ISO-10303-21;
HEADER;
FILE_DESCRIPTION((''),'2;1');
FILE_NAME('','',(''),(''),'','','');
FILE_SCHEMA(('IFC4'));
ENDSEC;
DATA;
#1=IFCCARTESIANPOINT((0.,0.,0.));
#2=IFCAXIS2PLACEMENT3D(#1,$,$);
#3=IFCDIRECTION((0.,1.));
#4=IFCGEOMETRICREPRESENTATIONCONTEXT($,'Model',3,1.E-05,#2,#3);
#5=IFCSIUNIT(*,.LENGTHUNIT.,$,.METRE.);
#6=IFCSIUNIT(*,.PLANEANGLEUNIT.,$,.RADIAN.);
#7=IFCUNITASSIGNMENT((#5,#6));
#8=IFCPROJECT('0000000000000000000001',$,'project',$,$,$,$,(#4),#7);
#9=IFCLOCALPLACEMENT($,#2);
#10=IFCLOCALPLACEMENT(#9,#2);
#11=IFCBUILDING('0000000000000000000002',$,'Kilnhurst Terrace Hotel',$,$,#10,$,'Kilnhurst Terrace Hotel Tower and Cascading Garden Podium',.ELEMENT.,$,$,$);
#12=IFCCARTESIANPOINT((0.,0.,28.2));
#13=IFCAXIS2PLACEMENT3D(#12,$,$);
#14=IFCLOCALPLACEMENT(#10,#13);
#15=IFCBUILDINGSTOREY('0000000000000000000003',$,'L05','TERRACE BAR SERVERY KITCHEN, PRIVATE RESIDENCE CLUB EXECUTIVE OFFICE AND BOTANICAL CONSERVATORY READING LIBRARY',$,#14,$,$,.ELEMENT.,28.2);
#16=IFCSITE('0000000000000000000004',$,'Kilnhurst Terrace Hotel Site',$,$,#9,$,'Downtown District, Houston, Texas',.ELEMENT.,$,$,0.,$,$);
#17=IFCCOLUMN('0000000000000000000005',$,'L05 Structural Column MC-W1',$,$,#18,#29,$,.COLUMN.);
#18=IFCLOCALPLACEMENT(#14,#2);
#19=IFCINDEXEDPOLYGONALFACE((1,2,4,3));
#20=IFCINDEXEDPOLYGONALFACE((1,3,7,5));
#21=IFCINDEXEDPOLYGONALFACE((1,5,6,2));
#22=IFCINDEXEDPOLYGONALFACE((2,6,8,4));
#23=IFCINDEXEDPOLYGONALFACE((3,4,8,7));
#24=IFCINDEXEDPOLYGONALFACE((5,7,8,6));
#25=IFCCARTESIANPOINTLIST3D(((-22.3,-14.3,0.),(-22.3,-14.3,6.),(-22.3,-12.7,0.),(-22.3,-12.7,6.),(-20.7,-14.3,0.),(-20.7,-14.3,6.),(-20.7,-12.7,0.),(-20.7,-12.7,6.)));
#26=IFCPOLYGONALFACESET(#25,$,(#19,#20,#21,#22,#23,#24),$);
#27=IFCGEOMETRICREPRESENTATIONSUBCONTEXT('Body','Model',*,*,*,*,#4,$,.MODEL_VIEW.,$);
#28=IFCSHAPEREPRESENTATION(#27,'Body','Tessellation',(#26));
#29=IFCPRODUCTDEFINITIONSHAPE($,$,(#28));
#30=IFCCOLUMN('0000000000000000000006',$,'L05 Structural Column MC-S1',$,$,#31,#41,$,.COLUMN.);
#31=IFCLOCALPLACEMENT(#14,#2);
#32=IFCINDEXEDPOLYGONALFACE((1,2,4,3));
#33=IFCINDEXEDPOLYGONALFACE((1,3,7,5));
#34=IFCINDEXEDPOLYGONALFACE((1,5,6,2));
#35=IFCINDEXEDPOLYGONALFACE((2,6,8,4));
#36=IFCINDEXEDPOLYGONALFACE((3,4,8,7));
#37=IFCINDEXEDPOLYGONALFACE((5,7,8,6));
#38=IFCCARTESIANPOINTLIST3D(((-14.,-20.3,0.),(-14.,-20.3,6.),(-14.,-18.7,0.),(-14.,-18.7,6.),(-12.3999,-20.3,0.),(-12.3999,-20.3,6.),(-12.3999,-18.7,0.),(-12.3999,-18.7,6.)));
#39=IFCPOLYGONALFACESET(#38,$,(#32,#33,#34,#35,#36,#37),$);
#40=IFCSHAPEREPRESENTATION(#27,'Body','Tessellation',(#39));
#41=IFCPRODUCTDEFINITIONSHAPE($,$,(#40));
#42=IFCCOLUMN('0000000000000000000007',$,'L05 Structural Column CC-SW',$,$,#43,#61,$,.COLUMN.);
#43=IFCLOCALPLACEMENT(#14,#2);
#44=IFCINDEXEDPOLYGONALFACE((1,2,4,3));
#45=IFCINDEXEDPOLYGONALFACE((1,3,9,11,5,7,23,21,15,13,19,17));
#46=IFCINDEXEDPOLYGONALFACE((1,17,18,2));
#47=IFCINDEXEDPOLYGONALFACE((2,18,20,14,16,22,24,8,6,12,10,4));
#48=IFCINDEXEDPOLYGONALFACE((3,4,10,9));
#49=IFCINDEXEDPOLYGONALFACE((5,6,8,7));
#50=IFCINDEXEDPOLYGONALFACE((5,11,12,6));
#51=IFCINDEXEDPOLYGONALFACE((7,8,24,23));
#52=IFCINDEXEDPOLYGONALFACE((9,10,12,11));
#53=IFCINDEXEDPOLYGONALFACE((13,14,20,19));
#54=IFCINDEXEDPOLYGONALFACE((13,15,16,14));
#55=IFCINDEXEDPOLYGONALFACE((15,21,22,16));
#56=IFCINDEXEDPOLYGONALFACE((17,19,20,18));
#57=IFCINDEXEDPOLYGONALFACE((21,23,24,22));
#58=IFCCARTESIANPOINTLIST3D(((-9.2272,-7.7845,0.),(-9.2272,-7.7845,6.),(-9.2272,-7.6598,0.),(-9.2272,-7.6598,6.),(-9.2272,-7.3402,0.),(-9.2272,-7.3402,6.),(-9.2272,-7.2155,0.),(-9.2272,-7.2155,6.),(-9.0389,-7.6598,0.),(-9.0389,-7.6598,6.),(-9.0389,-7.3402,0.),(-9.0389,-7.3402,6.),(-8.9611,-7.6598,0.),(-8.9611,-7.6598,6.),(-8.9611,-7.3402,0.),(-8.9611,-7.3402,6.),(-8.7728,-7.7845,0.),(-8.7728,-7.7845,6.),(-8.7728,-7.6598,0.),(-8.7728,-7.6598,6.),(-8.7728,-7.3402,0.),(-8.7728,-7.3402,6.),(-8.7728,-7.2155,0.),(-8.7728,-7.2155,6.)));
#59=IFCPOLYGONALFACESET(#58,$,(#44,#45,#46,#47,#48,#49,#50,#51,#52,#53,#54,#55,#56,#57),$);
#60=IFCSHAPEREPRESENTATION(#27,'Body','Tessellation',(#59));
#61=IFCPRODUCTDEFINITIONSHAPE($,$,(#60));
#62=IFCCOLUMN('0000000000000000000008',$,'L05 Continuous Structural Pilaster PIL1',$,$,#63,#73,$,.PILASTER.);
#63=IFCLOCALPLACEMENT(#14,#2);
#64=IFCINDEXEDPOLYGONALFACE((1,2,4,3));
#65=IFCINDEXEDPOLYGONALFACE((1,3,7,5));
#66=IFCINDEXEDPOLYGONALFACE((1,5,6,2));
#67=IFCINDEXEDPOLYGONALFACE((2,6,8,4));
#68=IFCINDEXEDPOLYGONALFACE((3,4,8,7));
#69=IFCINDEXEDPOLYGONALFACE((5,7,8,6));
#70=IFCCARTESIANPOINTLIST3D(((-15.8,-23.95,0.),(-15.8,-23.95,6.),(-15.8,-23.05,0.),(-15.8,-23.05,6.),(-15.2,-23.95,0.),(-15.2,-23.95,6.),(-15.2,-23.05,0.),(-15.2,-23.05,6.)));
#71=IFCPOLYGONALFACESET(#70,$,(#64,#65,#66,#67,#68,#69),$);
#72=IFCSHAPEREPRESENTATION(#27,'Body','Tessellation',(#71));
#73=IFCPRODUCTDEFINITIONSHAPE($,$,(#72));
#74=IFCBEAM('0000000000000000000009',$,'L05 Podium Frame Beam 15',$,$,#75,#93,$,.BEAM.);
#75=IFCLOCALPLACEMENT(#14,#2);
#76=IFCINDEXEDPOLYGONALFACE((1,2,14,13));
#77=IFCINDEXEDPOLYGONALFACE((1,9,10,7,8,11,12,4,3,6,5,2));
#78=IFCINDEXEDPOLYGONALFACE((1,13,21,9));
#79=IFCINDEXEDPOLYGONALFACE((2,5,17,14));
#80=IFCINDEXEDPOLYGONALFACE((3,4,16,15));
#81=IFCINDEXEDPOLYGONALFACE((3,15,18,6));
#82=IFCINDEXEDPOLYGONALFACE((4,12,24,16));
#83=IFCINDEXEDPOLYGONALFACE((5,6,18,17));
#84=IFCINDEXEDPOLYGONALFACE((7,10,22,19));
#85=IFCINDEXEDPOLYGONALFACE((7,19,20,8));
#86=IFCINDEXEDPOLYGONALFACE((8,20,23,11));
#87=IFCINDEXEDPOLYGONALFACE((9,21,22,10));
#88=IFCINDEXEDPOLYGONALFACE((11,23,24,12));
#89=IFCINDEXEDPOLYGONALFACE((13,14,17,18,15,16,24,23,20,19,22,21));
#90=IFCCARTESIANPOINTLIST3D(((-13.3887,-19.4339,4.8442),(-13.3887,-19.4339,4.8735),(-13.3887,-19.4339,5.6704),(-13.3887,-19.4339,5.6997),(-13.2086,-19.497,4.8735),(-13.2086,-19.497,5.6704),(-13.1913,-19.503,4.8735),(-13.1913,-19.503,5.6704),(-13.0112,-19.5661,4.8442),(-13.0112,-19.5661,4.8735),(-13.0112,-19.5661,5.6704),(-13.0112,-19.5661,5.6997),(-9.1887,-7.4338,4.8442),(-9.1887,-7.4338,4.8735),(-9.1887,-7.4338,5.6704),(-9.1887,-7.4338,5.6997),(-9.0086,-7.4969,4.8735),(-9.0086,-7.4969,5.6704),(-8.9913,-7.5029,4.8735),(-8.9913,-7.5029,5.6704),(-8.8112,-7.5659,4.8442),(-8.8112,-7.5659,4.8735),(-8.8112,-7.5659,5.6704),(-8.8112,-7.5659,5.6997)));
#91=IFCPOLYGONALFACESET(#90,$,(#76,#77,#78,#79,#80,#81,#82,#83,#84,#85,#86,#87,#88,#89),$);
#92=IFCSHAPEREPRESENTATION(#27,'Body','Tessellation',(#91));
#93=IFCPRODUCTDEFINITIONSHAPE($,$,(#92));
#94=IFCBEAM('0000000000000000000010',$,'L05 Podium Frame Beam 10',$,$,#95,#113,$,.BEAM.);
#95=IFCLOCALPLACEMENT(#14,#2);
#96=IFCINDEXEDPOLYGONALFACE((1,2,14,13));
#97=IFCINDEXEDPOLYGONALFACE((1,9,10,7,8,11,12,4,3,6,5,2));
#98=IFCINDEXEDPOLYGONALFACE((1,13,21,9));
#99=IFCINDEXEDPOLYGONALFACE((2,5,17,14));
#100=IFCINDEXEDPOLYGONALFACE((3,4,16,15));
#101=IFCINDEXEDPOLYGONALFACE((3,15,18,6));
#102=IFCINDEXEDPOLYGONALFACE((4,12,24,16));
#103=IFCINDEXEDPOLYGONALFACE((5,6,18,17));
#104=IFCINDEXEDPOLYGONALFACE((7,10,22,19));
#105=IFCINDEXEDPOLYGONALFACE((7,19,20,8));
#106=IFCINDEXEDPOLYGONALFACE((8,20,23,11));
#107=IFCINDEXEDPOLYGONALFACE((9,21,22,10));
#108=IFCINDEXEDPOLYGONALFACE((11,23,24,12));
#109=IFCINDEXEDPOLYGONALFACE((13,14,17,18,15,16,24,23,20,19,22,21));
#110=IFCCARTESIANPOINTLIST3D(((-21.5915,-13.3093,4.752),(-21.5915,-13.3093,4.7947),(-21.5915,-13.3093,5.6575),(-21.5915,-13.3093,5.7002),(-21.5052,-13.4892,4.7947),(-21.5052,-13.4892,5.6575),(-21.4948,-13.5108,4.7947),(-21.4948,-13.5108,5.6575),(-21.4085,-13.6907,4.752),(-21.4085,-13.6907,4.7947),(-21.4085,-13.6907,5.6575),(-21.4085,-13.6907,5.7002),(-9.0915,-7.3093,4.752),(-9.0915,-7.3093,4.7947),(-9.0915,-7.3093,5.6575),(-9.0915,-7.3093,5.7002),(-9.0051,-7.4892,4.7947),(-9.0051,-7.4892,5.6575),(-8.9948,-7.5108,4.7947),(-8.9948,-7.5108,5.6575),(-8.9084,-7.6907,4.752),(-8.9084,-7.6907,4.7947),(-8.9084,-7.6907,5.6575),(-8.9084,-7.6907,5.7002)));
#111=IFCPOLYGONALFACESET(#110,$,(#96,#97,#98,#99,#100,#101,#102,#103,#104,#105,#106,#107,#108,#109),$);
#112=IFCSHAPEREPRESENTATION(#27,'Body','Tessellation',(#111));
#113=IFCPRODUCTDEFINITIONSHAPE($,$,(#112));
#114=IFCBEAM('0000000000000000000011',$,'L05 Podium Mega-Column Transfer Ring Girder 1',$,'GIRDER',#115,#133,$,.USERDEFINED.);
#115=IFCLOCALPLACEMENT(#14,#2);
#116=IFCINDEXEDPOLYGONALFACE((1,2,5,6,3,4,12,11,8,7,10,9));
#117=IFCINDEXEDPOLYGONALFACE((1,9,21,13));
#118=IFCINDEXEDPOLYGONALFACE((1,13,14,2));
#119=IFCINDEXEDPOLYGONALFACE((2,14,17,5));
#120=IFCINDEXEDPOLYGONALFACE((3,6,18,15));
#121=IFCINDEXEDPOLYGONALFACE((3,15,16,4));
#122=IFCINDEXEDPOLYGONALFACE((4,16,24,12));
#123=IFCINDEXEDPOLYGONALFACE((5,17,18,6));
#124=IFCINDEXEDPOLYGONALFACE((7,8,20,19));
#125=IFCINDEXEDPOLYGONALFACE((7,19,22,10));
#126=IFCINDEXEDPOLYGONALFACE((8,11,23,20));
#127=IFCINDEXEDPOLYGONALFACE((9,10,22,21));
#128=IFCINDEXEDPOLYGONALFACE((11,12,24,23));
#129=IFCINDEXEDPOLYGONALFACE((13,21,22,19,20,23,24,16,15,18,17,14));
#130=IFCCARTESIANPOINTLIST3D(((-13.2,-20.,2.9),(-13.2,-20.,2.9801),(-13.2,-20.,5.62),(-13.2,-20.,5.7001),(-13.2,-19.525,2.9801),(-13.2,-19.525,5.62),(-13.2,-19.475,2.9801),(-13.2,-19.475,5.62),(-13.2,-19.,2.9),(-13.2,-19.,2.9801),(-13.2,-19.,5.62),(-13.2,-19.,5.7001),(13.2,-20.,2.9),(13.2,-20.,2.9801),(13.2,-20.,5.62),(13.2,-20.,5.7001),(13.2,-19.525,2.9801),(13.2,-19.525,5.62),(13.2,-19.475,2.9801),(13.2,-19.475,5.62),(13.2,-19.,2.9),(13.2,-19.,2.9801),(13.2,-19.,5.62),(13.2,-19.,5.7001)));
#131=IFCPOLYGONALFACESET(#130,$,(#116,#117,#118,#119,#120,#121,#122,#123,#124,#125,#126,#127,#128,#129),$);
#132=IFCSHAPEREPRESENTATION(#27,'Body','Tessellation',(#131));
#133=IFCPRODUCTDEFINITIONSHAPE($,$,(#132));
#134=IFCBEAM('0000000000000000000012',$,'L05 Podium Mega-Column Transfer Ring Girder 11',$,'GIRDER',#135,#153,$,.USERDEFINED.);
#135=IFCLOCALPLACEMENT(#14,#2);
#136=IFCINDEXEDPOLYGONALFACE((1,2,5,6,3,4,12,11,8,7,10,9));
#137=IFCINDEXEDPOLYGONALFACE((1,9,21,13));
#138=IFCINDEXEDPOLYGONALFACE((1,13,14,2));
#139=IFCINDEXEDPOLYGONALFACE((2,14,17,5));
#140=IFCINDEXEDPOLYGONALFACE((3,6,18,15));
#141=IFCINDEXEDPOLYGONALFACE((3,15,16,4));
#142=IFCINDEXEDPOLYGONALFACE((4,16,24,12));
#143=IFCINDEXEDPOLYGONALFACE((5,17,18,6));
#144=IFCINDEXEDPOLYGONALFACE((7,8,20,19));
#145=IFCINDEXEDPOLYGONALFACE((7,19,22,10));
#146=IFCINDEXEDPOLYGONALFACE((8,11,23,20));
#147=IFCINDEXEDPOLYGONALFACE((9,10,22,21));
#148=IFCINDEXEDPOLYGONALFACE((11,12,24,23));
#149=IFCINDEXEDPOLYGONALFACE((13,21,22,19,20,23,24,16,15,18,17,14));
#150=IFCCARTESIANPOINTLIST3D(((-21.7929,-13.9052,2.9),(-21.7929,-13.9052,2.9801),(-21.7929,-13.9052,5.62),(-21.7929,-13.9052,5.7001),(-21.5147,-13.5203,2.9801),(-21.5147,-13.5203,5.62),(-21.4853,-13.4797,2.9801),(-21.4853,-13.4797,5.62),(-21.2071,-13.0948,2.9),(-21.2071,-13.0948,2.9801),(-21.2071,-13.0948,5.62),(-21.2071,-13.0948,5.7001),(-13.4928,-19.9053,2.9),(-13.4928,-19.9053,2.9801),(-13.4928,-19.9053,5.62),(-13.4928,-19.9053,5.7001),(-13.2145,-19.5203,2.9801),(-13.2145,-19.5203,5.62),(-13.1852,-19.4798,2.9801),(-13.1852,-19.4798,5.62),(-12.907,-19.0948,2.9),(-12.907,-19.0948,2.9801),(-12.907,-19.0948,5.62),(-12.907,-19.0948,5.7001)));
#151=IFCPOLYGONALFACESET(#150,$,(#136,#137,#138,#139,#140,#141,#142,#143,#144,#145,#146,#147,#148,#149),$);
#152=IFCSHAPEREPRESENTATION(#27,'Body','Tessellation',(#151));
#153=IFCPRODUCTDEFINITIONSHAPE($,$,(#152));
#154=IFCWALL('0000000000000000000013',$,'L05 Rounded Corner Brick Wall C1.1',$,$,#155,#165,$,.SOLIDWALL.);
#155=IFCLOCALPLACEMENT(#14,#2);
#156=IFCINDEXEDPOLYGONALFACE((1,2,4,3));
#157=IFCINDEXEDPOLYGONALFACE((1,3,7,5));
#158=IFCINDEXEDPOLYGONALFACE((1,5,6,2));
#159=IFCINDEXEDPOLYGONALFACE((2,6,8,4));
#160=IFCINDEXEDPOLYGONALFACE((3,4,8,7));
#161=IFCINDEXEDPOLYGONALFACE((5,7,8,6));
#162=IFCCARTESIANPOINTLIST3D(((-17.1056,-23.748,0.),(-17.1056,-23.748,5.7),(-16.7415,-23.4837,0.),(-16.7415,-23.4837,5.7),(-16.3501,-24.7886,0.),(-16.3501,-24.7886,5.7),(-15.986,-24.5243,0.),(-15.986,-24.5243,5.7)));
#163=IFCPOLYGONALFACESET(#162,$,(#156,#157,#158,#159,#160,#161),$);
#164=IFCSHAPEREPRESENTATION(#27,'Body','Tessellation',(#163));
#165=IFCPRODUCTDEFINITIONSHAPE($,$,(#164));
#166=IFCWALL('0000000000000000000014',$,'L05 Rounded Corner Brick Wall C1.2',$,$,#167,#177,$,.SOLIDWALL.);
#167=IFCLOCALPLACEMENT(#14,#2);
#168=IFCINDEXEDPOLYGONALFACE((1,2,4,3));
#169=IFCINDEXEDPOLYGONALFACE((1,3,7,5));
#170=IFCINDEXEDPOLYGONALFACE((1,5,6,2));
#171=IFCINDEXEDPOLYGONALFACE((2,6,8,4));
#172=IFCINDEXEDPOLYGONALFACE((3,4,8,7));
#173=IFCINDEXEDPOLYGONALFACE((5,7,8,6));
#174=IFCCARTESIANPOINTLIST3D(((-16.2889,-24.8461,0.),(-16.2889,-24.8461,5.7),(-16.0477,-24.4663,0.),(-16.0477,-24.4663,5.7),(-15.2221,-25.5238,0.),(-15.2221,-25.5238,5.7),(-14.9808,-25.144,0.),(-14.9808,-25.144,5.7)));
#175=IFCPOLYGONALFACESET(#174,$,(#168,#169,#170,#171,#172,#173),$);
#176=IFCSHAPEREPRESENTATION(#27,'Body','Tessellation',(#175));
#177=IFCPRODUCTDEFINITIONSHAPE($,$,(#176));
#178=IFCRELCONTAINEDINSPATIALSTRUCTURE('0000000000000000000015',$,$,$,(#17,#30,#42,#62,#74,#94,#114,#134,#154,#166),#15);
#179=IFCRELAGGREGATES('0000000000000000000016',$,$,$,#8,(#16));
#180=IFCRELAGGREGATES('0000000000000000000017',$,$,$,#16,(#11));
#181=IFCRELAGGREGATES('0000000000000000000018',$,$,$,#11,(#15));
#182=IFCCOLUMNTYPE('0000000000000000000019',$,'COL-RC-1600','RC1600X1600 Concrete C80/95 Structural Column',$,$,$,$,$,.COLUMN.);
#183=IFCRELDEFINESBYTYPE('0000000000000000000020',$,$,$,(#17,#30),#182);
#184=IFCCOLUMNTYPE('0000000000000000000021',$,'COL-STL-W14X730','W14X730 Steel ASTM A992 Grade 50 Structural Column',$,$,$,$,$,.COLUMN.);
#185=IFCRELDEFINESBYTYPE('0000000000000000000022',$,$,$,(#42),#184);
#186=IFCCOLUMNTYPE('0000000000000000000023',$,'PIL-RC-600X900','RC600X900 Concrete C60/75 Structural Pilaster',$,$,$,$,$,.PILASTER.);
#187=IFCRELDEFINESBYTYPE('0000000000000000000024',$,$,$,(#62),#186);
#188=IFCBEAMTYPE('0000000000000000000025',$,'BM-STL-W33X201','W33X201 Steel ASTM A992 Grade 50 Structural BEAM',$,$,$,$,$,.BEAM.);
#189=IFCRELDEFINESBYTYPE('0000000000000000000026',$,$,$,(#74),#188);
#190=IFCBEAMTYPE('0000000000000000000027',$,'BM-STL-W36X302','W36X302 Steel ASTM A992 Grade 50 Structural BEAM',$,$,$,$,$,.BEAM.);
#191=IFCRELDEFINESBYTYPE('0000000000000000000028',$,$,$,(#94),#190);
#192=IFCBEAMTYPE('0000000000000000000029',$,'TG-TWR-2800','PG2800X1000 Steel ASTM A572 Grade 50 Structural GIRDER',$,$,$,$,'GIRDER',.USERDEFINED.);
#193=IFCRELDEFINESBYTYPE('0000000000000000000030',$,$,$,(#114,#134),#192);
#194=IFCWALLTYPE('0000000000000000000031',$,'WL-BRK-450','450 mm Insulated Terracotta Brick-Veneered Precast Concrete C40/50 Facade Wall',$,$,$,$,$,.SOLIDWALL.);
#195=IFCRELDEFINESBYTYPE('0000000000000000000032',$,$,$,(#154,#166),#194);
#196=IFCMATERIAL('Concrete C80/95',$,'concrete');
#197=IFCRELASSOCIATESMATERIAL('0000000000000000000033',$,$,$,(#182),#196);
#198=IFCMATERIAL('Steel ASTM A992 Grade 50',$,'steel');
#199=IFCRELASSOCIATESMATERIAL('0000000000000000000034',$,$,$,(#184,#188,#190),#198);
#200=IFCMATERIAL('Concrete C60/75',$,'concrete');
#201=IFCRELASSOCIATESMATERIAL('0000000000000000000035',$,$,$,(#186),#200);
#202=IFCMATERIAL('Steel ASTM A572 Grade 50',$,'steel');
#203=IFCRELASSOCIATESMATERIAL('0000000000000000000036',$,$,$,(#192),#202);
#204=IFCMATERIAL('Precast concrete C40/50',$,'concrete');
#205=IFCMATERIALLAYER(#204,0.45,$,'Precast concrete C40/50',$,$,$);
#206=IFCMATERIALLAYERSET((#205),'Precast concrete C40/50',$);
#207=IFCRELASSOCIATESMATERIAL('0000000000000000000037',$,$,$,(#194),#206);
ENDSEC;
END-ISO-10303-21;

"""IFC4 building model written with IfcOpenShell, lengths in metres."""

from ifc_helpers import new_model, si_unit, direction, frame, frame_2d, origin, origin_2d, place, context, subcontext, project, spatial, rectangle, i_section, extrude, material, layer, layer_set, material_profile, profile_set, type_object, element, save


model = new_model("IFC4")

# Units and contexts
model_context = context("Model", 3, precision=1e-05, world=origin(), true_north=direction((0.0, 1.0)))
body_context = subcontext(model_context, "Body", "Model", "MODEL_VIEW")
ifc_project = project(units=[si_unit("LENGTHUNIT", "METRE"), si_unit("PLANEANGLEUNIT", "RADIAN")], contexts=[model_context])

# Site, building, storey
site_placement = place(None, origin())
site = spatial("IfcSite", under=ifc_project, at=site_placement, Name="Kilnhurst Terrace Hotel Site", LongName="Downtown District, Houston, Texas", CompositionType="ELEMENT", RefElevation=0.0)
building_placement = place(site_placement, origin())
building = spatial("IfcBuilding", under=site, at=building_placement, Name="Kilnhurst Terrace Hotel", LongName="Kilnhurst Terrace Hotel Tower and Cascading Garden Podium", CompositionType="ELEMENT")
storey_placement = place(building_placement, frame((0.0, 0.0, 28.2)))
storey = spatial("IfcBuildingStorey", under=building, at=storey_placement, Name="L05", Description="TERRACE BAR SERVERY KITCHEN, PRIVATE RESIDENCE CLUB EXECUTIVE OFFICE AND BOTANICAL CONSERVATORY READING LIBRARY", CompositionType="ELEMENT", Elevation=28.2)

# Columns
ifc_material_1 = material(Name="Concrete C80/95", Category="concrete")
ifc_material_profile_1 = material_profile(ifc_material_1, rectangle(XDim=1.6001, YDim=1.6001, at=origin_2d()), Name="RC1600X1600")
ifc_profile_set_1 = profile_set([ifc_material_profile_1], Name="Concrete C80/95")
column_type_1 = type_object("IfcColumnType", Name="COL-RC-1600", Description="RC1600X1600 Concrete C80/95 Structural Column", PredefinedType="COLUMN", material=ifc_profile_set_1)
for number, where, z_axis, x_axis, name in (
    (1, (-21.5, -13.5, 0.0), (0.0, 0.0, 1.0), (1.0, 0.0, 0.0), "L05 Structural Column MC-W1"),
    (2, (-13.2, -19.5, 0.0), (0.0, 0.0, 1.0), (1.0, 0.0, 0.0), "L05 Structural Column MC-S1"),
):
    element("IfcColumn", number, at=place(storey_placement, frame(where, z_axis=z_axis, x_axis=x_axis)), inside=storey, type_object=column_type_1, Name=name, PredefinedType="COLUMN", context=body_context, shape_type="SweptSolid", body=[
        extrude(rectangle(XDim=1.6001, YDim=1.6001, at=origin_2d()), origin(), (0.0, 0.0, 1.0), 6.0),
    ])
ifc_material_2 = material(Name="Steel ASTM A992 Grade 50", Category="steel")
ifc_material_profile_2 = material_profile(ifc_material_2, i_section(OverallWidth=0.4543, OverallDepth=0.5691, WebThickness=0.0779, FlangeThickness=0.1248, at=origin_2d()), Name="W14X730")
ifc_profile_set_2 = profile_set([ifc_material_profile_2], Name="Steel ASTM A992 Grade 50")
column_type_2 = type_object("IfcColumnType", Name="COL-STL-W14X730", Description="W14X730 Steel ASTM A992 Grade 50 Structural Column", PredefinedType="COLUMN", material=ifc_profile_set_2)
column_1_placement = place(storey_placement, frame((-9.0, -7.5, 0.0), z_axis=(0.0, 0.0, 1.0), x_axis=(1.0, 0.0, 0.0)))
element("IfcColumn", 3, at=column_1_placement, inside=storey, type_object=column_type_2, Name="L05 Structural Column CC-SW", PredefinedType="COLUMN", context=body_context, shape_type="SweptSolid", body=[
    extrude(i_section(OverallWidth=0.4543, OverallDepth=0.5691, WebThickness=0.0779, FlangeThickness=0.1248, at=origin_2d()), origin(), (0.0, 0.0, 1.0), 6.0),
])
ifc_material_3 = material(Name="Concrete C60/75", Category="concrete")
ifc_material_profile_3 = material_profile(ifc_material_3, rectangle(XDim=0.6001, YDim=0.8999, at=origin_2d()), Name="RC600X900")
ifc_profile_set_3 = profile_set([ifc_material_profile_3], Name="Concrete C60/75")
column_type_3 = type_object("IfcColumnType", Name="PIL-RC-600X900", Description="RC600X900 Concrete C60/75 Structural Pilaster", PredefinedType="PILASTER", material=ifc_profile_set_3)
column_2_placement = place(storey_placement, frame((-15.5, -23.5, 0.0), z_axis=(0.0, 0.0, 1.0), x_axis=(1.0, 0.0, 0.0)))
element("IfcColumn", 4, at=column_2_placement, inside=storey, type_object=column_type_3, Name="L05 Continuous Structural Pilaster PIL1", PredefinedType="PILASTER", context=body_context, shape_type="SweptSolid", body=[
    extrude(rectangle(XDim=0.6001, YDim=0.8999, at=origin_2d()), origin(), (0.0, 0.0, 1.0), 6.0),
])

# Beams
ifc_material_profile_4 = material_profile(ifc_material_2, i_section(OverallWidth=0.3999, OverallDepth=0.8555, WebThickness=0.0183, FlangeThickness=0.0293, at=origin_2d()), Name="W33X201")
ifc_profile_set_4 = profile_set([ifc_material_profile_4], Name="Steel ASTM A992 Grade 50")
beam_type_1 = type_object("IfcBeamType", Name="BM-STL-W33X201", Description="W33X201 Steel ASTM A992 Grade 50 Structural BEAM", PredefinedType="BEAM", material=ifc_profile_set_4)
beam_1_placement = place(storey_placement, frame((-13.2, -19.5, 5.272), z_axis=(0.330347, 0.94386, 0.0), x_axis=(-0.94386, 0.330347, 0.0)))
element("IfcBeam", 5, at=beam_1_placement, inside=storey, type_object=beam_type_1, Name="L05 Podium Frame Beam 15", PredefinedType="BEAM", context=body_context, shape_type="SweptSolid", body=[
    extrude(i_section(OverallWidth=0.3999, OverallDepth=0.8555, WebThickness=0.0183, FlangeThickness=0.0293, at=origin_2d()), origin(), (0.0, 0.0, 1.0), 12.7139),
])
ifc_material_profile_5 = material_profile(ifc_material_2, i_section(OverallWidth=0.4231, OverallDepth=0.9482, WebThickness=0.0239, FlangeThickness=0.0427, at=origin_2d()), Name="W36X302")
ifc_profile_set_5 = profile_set([ifc_material_profile_5], Name="Steel ASTM A992 Grade 50")
beam_type_2 = type_object("IfcBeamType", Name="BM-STL-W36X302", Description="W36X302 Steel ASTM A992 Grade 50 Structural BEAM", PredefinedType="BEAM", material=ifc_profile_set_5)
beam_2_placement = place(storey_placement, frame((-21.5, -13.5, 5.2261), z_axis=(0.901523, 0.432731, 0.0), x_axis=(-0.432731, 0.901523, 0.0)))
element("IfcBeam", 6, at=beam_2_placement, inside=storey, type_object=beam_type_2, Name="L05 Podium Frame Beam 10", PredefinedType="BEAM", context=body_context, shape_type="SweptSolid", body=[
    extrude(i_section(OverallWidth=0.4231, OverallDepth=0.9482, WebThickness=0.0239, FlangeThickness=0.0427, at=origin_2d()), origin(), (0.0, 0.0, 1.0), 13.8655),
])
ifc_material_4 = material(Name="Steel ASTM A572 Grade 50", Category="steel")
ifc_material_profile_6 = material_profile(ifc_material_4, i_section(OverallWidth=1.0, OverallDepth=2.8, WebThickness=0.05, FlangeThickness=0.0801, at=origin_2d()), Name="PG2800X1000")
ifc_profile_set_6 = profile_set([ifc_material_profile_6], Name="Steel ASTM A572 Grade 50")
beam_type_3 = type_object("IfcBeamType", Name="TG-TWR-2800", Description="PG2800X1000 Steel ASTM A572 Grade 50 Structural GIRDER", ElementType="GIRDER", PredefinedType="USERDEFINED", material=ifc_profile_set_6)
beam_3_placement = place(storey_placement, frame((-13.2, -19.5, 4.3), z_axis=(1.0, 0.0, 0.0), x_axis=(0.0, 1.0, 0.0)))
element("IfcBeam", 7, at=beam_3_placement, inside=storey, type_object=beam_type_3, Name="L05 Podium Mega-Column Transfer Ring Girder 1", ObjectType="GIRDER", PredefinedType="USERDEFINED", context=body_context, shape_type="SweptSolid", body=[
    extrude(i_section(OverallWidth=1.0, OverallDepth=2.8, WebThickness=0.05, FlangeThickness=0.0801, at=origin_2d()), origin(), (0.0, 0.0, 1.0), 26.3999),
])
beam_4_placement = place(storey_placement, frame((-21.5, -13.5, 4.3), z_axis=(0.810423, -0.585845, 0.0), x_axis=(0.585845, 0.810423, 0.0)))
element("IfcBeam", 8, at=beam_4_placement, inside=storey, type_object=beam_type_3, Name="L05 Podium Mega-Column Transfer Ring Girder 11", ObjectType="GIRDER", PredefinedType="USERDEFINED", context=body_context, shape_type="SweptSolid", body=[
    extrude(i_section(OverallWidth=1.0, OverallDepth=2.8, WebThickness=0.05, FlangeThickness=0.0801, at=origin_2d()), origin(), (0.0, 0.0, 1.0), 10.2417),
])

# Walls
ifc_material_5 = material(Name="Precast concrete C40/50", Category="concrete")
ifc_layer_1 = layer(ifc_material_5, 0.45, Name="Precast concrete C40/50")
ifc_layer_set_1 = layer_set([ifc_layer_1], Name="Precast concrete C40/50")
wall_type_1 = type_object("IfcWallType", Name="WL-BRK-450", Description="450 mm Insulated Terracotta Brick-Veneered Precast Concrete C40/50 Facade Wall", PredefinedType="SOLIDWALL", material=ifc_layer_set_1)
wall_1_placement = place(storey_placement, frame((-16.9236, -23.6157, 0.0), z_axis=(0.0, 0.0, 1.0), x_axis=(0.587472, -0.809245, 0.0)))
element("IfcWall", 9, at=wall_1_placement, inside=storey, type_object=wall_type_1, Name="L05 Rounded Corner Brick Wall C1.1", PredefinedType="SOLIDWALL", context=body_context, shape_type="SweptSolid", body=[
    extrude(rectangle(XDim=1.2859, YDim=0.45, at=frame_2d((0.6431, 0.0))), origin(), (0.0, 0.0, 1.0), 5.7),
])
wall_2_placement = place(storey_placement, frame((-16.1682, -24.6562, 0.0), z_axis=(0.0, 0.0, 1.0), x_axis=(0.844091, -0.5362, 0.0)))
element("IfcWall", 10, at=wall_2_placement, inside=storey, type_object=wall_type_1, Name="L05 Rounded Corner Brick Wall C1.2", PredefinedType="SOLIDWALL", context=body_context, shape_type="SweptSolid", body=[
    extrude(rectangle(XDim=1.2639, YDim=0.45, at=frame_2d((0.6318, 0.0))), origin(), (0.0, 0.0, 1.0), 5.7),
])

save(model, "model.ifc")
